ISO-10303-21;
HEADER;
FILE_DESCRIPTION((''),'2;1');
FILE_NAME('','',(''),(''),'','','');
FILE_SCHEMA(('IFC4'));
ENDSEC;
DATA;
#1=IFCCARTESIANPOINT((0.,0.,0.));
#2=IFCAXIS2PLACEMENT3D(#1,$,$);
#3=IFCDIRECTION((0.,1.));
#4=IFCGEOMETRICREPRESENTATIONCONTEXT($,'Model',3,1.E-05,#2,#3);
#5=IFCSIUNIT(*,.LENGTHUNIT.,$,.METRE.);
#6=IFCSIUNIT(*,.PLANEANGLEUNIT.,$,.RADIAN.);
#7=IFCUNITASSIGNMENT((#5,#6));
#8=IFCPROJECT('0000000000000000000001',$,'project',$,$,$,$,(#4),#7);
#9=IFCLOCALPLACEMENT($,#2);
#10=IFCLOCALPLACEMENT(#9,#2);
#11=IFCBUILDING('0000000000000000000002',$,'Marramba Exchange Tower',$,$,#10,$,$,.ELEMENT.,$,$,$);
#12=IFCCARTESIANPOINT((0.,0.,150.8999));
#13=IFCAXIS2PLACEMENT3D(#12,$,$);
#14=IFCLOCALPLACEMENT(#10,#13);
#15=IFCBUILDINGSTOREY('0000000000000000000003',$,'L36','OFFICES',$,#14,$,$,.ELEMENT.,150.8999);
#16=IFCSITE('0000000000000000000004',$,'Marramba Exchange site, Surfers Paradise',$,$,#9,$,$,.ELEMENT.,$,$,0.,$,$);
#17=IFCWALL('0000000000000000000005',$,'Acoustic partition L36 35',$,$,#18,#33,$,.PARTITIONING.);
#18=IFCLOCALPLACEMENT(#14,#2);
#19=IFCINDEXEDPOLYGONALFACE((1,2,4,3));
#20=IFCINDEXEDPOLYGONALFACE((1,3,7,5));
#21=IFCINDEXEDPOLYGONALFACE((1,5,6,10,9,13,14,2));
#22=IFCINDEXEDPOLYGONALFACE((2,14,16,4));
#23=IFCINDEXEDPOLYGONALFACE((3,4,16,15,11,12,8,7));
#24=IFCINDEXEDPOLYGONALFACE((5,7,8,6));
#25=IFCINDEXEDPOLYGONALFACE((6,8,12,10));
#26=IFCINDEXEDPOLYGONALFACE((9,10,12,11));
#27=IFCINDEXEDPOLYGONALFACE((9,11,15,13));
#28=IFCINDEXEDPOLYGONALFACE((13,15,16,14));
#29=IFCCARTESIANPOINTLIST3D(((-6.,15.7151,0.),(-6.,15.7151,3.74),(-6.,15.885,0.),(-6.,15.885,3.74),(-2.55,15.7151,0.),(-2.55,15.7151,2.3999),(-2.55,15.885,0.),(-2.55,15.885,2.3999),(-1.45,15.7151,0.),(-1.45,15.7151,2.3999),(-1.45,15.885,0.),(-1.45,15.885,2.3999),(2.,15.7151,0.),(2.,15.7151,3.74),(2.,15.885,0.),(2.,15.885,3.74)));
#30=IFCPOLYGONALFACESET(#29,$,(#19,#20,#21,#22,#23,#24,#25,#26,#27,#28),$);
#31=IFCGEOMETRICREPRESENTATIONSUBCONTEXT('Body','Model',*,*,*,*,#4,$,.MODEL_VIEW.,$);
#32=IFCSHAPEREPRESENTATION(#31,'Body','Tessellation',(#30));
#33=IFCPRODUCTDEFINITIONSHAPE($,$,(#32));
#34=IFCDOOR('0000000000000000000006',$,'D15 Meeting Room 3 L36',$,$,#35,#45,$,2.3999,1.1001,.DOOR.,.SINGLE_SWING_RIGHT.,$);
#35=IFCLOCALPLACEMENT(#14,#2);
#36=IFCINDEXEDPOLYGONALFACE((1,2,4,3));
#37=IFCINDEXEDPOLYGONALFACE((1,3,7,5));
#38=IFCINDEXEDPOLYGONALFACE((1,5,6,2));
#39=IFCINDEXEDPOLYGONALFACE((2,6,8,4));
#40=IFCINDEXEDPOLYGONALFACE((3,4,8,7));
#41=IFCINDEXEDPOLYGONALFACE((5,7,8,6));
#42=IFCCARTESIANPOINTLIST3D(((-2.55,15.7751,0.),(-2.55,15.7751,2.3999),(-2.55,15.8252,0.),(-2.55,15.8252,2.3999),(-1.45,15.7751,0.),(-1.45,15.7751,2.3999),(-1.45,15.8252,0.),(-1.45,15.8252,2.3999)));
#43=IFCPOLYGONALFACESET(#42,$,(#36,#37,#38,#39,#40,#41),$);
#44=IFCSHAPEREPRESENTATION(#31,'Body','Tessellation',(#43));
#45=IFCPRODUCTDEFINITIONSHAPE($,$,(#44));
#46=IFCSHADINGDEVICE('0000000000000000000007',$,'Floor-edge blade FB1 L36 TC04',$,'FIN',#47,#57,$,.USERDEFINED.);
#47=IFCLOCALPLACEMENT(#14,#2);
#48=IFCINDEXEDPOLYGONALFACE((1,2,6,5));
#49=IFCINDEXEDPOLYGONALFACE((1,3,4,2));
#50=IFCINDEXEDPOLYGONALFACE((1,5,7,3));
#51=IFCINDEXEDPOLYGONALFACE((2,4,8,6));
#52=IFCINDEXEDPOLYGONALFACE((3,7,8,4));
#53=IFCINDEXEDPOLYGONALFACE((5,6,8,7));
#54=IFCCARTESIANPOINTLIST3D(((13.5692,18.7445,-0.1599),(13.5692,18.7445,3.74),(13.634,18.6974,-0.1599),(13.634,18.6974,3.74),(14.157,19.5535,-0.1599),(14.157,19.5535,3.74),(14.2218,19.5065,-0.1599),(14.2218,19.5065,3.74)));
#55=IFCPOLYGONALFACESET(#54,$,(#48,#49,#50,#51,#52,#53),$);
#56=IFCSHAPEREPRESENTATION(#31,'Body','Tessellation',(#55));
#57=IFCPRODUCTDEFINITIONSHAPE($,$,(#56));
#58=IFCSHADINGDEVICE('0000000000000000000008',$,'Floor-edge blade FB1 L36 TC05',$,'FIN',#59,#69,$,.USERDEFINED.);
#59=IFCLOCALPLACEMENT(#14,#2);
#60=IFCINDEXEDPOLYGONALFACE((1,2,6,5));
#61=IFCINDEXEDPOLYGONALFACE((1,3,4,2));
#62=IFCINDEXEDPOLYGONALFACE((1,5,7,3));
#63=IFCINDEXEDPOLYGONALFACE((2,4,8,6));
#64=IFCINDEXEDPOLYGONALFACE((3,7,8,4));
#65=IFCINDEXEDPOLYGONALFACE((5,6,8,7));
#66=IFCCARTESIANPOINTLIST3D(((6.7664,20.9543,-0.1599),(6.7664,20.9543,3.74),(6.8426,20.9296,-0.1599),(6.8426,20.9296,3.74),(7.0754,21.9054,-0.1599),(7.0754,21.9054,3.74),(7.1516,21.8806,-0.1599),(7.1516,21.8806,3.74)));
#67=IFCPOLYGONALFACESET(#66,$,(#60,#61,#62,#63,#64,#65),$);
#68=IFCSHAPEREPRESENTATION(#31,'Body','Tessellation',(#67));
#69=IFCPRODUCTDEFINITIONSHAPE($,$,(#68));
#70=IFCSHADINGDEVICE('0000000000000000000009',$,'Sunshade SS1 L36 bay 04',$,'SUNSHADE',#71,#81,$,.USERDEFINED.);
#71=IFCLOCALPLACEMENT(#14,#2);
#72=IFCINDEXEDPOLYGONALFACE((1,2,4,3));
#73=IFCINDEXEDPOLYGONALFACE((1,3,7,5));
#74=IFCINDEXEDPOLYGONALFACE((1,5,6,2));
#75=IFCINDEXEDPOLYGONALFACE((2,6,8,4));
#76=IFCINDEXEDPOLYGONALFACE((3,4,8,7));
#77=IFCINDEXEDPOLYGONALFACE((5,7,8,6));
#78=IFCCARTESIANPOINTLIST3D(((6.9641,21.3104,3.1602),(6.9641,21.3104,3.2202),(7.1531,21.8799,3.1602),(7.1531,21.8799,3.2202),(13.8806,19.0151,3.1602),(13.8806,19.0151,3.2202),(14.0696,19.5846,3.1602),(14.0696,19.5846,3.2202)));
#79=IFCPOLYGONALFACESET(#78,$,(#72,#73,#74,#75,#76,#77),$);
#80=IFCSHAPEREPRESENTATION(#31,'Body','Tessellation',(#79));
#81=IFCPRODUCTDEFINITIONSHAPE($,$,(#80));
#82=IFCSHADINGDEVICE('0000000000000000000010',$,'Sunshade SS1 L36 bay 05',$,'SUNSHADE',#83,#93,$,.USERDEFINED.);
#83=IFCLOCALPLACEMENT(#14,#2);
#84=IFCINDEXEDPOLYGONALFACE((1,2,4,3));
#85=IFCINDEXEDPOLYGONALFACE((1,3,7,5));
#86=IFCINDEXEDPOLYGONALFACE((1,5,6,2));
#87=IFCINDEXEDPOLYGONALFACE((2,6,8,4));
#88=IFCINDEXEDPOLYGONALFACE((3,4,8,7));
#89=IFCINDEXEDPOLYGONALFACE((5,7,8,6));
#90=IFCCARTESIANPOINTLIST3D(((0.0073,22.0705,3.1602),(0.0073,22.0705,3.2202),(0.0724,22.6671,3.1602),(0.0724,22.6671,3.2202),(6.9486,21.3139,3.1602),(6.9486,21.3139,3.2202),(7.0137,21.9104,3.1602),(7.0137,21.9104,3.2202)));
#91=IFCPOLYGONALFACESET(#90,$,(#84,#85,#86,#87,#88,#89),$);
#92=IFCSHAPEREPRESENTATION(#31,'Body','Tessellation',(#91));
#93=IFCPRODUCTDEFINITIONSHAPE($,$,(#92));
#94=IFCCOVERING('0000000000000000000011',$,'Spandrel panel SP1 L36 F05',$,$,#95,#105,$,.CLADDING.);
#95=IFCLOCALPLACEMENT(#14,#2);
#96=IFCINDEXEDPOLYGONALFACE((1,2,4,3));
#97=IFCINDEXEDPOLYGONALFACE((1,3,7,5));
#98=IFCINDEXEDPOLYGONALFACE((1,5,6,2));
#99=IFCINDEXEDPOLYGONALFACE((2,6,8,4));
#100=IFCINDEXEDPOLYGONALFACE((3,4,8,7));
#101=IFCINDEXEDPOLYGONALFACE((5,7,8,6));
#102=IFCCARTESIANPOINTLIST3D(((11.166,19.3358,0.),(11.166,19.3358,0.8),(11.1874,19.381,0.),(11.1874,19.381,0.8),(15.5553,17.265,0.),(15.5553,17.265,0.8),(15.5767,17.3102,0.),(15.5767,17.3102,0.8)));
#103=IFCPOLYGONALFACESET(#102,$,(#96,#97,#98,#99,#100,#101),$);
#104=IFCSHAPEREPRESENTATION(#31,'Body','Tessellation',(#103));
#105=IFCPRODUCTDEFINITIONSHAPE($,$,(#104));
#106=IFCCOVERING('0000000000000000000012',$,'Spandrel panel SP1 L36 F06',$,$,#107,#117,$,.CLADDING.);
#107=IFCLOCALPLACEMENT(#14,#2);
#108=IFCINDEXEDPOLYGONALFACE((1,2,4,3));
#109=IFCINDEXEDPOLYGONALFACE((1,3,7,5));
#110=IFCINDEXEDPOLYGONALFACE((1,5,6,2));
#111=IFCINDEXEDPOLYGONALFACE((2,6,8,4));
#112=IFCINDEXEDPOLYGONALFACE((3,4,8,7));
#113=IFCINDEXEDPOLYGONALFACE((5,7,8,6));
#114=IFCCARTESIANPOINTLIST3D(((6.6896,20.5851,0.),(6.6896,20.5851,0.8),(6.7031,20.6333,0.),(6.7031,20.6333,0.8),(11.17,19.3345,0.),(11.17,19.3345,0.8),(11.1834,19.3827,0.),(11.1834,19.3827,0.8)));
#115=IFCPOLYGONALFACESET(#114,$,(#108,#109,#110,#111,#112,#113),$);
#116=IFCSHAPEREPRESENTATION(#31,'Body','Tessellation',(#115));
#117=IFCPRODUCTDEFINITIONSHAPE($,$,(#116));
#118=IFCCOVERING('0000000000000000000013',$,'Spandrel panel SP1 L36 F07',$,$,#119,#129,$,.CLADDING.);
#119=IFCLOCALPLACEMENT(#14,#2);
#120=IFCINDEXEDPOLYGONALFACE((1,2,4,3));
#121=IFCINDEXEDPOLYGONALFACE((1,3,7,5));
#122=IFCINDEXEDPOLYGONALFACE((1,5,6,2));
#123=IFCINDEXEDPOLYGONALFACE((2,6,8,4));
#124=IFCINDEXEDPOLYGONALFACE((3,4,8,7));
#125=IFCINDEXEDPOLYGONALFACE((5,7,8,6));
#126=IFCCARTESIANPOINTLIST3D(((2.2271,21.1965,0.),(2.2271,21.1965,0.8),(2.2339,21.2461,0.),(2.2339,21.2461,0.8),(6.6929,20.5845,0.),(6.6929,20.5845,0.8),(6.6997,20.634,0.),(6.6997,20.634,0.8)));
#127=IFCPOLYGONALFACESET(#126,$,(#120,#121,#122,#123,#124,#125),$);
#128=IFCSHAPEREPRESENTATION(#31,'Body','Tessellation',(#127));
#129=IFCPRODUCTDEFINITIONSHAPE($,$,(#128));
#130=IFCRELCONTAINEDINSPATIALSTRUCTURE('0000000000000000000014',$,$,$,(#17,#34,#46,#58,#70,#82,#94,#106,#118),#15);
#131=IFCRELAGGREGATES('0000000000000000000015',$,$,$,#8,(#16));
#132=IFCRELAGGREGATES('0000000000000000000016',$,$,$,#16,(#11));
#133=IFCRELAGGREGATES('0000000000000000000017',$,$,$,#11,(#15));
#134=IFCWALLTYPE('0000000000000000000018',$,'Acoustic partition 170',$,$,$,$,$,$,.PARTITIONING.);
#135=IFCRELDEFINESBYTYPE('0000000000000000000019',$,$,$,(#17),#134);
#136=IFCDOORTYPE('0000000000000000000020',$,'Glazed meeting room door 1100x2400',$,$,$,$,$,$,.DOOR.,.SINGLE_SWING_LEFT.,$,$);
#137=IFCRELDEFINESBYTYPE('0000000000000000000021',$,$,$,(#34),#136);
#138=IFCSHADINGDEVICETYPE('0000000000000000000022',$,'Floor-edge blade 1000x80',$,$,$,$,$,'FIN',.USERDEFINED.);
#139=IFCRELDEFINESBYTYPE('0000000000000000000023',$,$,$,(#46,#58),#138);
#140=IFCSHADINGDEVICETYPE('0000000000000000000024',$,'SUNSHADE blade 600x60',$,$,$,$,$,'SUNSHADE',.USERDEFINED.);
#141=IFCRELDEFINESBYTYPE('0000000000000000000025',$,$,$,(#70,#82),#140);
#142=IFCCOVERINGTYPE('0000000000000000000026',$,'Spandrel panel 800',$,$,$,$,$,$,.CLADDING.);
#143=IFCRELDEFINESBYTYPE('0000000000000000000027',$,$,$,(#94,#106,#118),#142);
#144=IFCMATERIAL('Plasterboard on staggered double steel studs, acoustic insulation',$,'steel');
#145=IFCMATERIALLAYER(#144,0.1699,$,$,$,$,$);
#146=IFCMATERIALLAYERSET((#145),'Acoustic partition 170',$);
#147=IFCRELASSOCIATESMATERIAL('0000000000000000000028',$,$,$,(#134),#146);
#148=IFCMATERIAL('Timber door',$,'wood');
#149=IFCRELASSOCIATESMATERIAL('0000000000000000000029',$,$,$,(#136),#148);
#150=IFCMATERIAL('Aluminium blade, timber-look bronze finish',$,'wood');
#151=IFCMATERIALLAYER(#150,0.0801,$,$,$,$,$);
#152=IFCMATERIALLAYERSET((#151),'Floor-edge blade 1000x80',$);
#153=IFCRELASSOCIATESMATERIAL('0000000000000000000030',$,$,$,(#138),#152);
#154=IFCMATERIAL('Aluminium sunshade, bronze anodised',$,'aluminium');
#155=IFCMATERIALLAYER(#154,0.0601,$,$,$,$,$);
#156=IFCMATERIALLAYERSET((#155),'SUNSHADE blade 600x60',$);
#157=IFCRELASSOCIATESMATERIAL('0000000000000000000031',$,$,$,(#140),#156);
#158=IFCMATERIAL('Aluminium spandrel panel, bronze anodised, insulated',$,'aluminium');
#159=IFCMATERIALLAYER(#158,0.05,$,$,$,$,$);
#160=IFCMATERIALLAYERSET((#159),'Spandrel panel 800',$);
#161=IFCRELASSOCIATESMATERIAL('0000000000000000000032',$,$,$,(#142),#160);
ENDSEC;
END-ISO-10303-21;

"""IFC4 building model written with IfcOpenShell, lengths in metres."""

from ifc_helpers import new_model, si_unit, direction, frame, frame_2d, origin, origin_2d, place, context, subcontext, project, spatial, rectangle, extrude, material, layer, layer_set, type_object, element, fill, save


model = new_model("IFC4")

# Units and contexts
model_context = context("Model", 3, precision=1e-05, world=origin(), true_north=direction((0.0, 1.0)))
body_context = subcontext(model_context, "Body", "Model", "MODEL_VIEW")
ifc_project = project(units=[si_unit("LENGTHUNIT", "METRE"), si_unit("PLANEANGLEUNIT", "RADIAN")], contexts=[model_context])

# Site, building, storey
site_placement = place(None, origin())
site = spatial("IfcSite", under=ifc_project, at=site_placement, Name="Marramba Exchange site, Surfers Paradise", CompositionType="ELEMENT", RefElevation=0.0)
building_placement = place(site_placement, origin())
building = spatial("IfcBuilding", under=site, at=building_placement, Name="Marramba Exchange Tower", CompositionType="ELEMENT")
storey_placement = place(building_placement, frame((0.0, 0.0, 150.8999)))
storey = spatial("IfcBuildingStorey", under=building, at=storey_placement, Name="L36", Description="OFFICES", CompositionType="ELEMENT", Elevation=150.8999)

# Wall, opening, door
ifc_material_1 = material(Name="Plasterboard on staggered double steel studs, acoustic insulation", Category="steel")
ifc_layer_1 = layer(ifc_material_1, 0.1699)
ifc_layer_set_1 = layer_set([ifc_layer_1], Name="Acoustic partition 170")
wall_type = type_object("IfcWallType", Name="Acoustic partition 170", PredefinedType="PARTITIONING", material=ifc_layer_set_1)
wall_placement = place(storey_placement, frame((2.0, 15.8, 0.0), z_axis=(0.0, 0.0, 1.0), x_axis=(-1.0, 0.0, 0.0)))
wall = element("IfcWall", 1, at=wall_placement, inside=storey, type_object=wall_type, Name="Acoustic partition L36 35", PredefinedType="PARTITIONING", context=body_context, shape_type="SweptSolid", body=[
    extrude(rectangle(XDim=8.0, YDim=0.1699, at=frame_2d((4.0, 0.0))), origin(), (0.0, 0.0, 1.0), 3.74),
])
opening_placement = place(wall_placement, frame((3.45, 0.0, 0.0)))
opening = element("IfcOpeningElement", 2, at=opening_placement, cuts=wall, PredefinedType="OPENING", context=body_context, shape_type="SweptSolid", body=[
    extrude(rectangle(XDim=1.1001, YDim=2.3999, at=frame_2d((0.55, 1.2))), frame((0.0, 0.095, 0.0), z_axis=(0.0, -1.0, 0.0), x_axis=(1.0, 0.0, 0.0)), (0.0, 0.0, 1.0), 0.1899),
])
ifc_material_2 = material(Name="Timber door", Category="wood")
door_type = type_object("IfcDoorType", Name="Glazed meeting room door 1100x2400", OperationType="SINGLE_SWING_LEFT", PredefinedType="DOOR", material=ifc_material_2)
door_placement = place(opening_placement, origin())
door = element("IfcDoor", 3, at=door_placement, inside=storey, type_object=door_type, Name="D15 Meeting Room 3 L36", OperationType="SINGLE_SWING_RIGHT", OverallHeight=2.3999, OverallWidth=1.1001, PredefinedType="DOOR", context=body_context, shape_type="SweptSolid", body=[
    extrude(rectangle(XDim=1.1001, YDim=2.3999, at=frame_2d((0.55, 1.2))), frame((0.0, 0.0249, 0.0), z_axis=(0.0, -1.0, 0.0), x_axis=(1.0, 0.0, 0.0)), (0.0, 0.0, 1.0), 0.05),
])
fill(opening, door)

# Shading devices
ifc_material_3 = material(Name="Aluminium blade, timber-look bronze finish", Category="wood")
ifc_layer_2 = layer(ifc_material_3, 0.0801)
ifc_layer_set_2 = layer_set([ifc_layer_2], Name="Floor-edge blade 1000x80")
shading_device_type_1 = type_object("IfcShadingDeviceType", Name="Floor-edge blade 1000x80", ElementType="FIN", PredefinedType="USERDEFINED", material=ifc_layer_set_2)
for number, where, z_axis, x_axis, name in (
    (4, (13.8955, 19.1255, -0.1599), (0.0, 0.0, 1.0), (0.587785, 0.809017, 0.0), "Floor-edge blade FB1 L36 TC04"),
    (5, (6.959, 21.4175, -0.1599), (0.0, 0.0, 1.0), (0.309017, 0.951057, 0.0), "Floor-edge blade FB1 L36 TC05"),
):
    element("IfcShadingDevice", number, at=place(storey_placement, frame(where, z_axis=z_axis, x_axis=x_axis)), inside=storey, type_object=shading_device_type_1, Name=name, ObjectType="FIN", PredefinedType="USERDEFINED", context=body_context, shape_type="SweptSolid", body=[
        extrude(rectangle(XDim=1.0, YDim=0.0801, at=origin_2d()), origin(), (0.0, 0.0, 1.0), 3.8999),
    ])
ifc_material_4 = material(Name="Aluminium sunshade, bronze anodised", Category="aluminium")
ifc_layer_3 = layer(ifc_material_4, 0.0601)
ifc_layer_set_3 = layer_set([ifc_layer_3], Name="SUNSHADE blade 600x60")
shading_device_type_2 = type_object("IfcShadingDeviceType", Name="SUNSHADE blade 600x60", ElementType="SUNSHADE", PredefinedType="USERDEFINED", material=ifc_layer_set_3)
shading_device_1_placement = place(storey_placement, frame((10.5168, 20.4475, 3.1602), z_axis=(0.0, 0.0, 1.0), x_axis=(-0.949101, 0.314972, 0.0)))
element("IfcShadingDevice", 6, at=shading_device_1_placement, inside=storey, type_object=shading_device_type_2, Name="Sunshade SS1 L36 bay 04", ObjectType="SUNSHADE", PredefinedType="USERDEFINED", context=body_context, shape_type="SweptSolid", body=[
    extrude(rectangle(XDim=7.2874, YDim=0.6001, at=origin_2d()), origin(), (0.0, 0.0, 1.0), 0.0601),
])
shading_device_2_placement = place(storey_placement, frame((3.5105, 21.9905, 3.1602), z_axis=(0.0, 0.0, 1.0), x_axis=(-0.994111, 0.108363, 0.0)))
element("IfcShadingDevice", 7, at=shading_device_2_placement, inside=storey, type_object=shading_device_type_2, Name="Sunshade SS1 L36 bay 05", ObjectType="SUNSHADE", PredefinedType="USERDEFINED", context=body_context, shape_type="SweptSolid", body=[
    extrude(rectangle(XDim=6.9824, YDim=0.6001, at=origin_2d()), origin(), (0.0, 0.0, 1.0), 0.0601),
])

# Coverings
ifc_material_5 = material(Name="Aluminium spandrel panel, bronze anodised, insulated", Category="aluminium")
ifc_layer_4 = layer(ifc_material_5, 0.05)
ifc_layer_set_4 = layer_set([ifc_layer_4], Name="Spandrel panel 800")
covering_type = type_object("IfcCoveringType", Name="Spandrel panel 800", PredefinedType="CLADDING", material=ifc_layer_set_4)
covering_1_placement = place(storey_placement, frame((13.3713, 18.323, 0.0), z_axis=(0.0, 0.0, 1.0), x_axis=(-0.904403, 0.426679, 0.0)))
element("IfcCovering", 8, at=covering_1_placement, inside=storey, type_object=covering_type, Name="Spandrel panel SP1 L36 F05", PredefinedType="CLADDING", context=body_context, shape_type="SweptSolid", body=[
    extrude(rectangle(XDim=4.8533, YDim=0.05, at=origin_2d()), origin(), (0.0, 0.0, 1.0), 0.8),
])
covering_2_placement = place(storey_placement, frame((8.9365, 19.9839, 0.0), z_axis=(0.0, 0.0, 1.0), x_axis=(-0.963178, 0.268865, 0.0)))
element("IfcCovering", 9, at=covering_2_placement, inside=storey, type_object=covering_type, Name="Spandrel panel SP1 L36 F06", PredefinedType="CLADDING", context=body_context, shape_type="SweptSolid", body=[
    extrude(rectangle(XDim=4.6516, YDim=0.05, at=origin_2d()), origin(), (0.0, 0.0, 1.0), 0.8),
])
covering_3_placement = place(storey_placement, frame((4.4634, 20.9153, 0.0), z_axis=(0.0, 0.0, 1.0), x_axis=(-0.990738, 0.135786, 0.0)))
element("IfcCovering", 10, at=covering_3_placement, inside=storey, type_object=covering_type, Name="Spandrel panel SP1 L36 F07", PredefinedType="CLADDING", context=body_context, shape_type="SweptSolid", body=[
    extrude(rectangle(XDim=4.5076, YDim=0.05, at=origin_2d()), origin(), (0.0, 0.0, 1.0), 0.8),
])

save(model, "model.ifc")
